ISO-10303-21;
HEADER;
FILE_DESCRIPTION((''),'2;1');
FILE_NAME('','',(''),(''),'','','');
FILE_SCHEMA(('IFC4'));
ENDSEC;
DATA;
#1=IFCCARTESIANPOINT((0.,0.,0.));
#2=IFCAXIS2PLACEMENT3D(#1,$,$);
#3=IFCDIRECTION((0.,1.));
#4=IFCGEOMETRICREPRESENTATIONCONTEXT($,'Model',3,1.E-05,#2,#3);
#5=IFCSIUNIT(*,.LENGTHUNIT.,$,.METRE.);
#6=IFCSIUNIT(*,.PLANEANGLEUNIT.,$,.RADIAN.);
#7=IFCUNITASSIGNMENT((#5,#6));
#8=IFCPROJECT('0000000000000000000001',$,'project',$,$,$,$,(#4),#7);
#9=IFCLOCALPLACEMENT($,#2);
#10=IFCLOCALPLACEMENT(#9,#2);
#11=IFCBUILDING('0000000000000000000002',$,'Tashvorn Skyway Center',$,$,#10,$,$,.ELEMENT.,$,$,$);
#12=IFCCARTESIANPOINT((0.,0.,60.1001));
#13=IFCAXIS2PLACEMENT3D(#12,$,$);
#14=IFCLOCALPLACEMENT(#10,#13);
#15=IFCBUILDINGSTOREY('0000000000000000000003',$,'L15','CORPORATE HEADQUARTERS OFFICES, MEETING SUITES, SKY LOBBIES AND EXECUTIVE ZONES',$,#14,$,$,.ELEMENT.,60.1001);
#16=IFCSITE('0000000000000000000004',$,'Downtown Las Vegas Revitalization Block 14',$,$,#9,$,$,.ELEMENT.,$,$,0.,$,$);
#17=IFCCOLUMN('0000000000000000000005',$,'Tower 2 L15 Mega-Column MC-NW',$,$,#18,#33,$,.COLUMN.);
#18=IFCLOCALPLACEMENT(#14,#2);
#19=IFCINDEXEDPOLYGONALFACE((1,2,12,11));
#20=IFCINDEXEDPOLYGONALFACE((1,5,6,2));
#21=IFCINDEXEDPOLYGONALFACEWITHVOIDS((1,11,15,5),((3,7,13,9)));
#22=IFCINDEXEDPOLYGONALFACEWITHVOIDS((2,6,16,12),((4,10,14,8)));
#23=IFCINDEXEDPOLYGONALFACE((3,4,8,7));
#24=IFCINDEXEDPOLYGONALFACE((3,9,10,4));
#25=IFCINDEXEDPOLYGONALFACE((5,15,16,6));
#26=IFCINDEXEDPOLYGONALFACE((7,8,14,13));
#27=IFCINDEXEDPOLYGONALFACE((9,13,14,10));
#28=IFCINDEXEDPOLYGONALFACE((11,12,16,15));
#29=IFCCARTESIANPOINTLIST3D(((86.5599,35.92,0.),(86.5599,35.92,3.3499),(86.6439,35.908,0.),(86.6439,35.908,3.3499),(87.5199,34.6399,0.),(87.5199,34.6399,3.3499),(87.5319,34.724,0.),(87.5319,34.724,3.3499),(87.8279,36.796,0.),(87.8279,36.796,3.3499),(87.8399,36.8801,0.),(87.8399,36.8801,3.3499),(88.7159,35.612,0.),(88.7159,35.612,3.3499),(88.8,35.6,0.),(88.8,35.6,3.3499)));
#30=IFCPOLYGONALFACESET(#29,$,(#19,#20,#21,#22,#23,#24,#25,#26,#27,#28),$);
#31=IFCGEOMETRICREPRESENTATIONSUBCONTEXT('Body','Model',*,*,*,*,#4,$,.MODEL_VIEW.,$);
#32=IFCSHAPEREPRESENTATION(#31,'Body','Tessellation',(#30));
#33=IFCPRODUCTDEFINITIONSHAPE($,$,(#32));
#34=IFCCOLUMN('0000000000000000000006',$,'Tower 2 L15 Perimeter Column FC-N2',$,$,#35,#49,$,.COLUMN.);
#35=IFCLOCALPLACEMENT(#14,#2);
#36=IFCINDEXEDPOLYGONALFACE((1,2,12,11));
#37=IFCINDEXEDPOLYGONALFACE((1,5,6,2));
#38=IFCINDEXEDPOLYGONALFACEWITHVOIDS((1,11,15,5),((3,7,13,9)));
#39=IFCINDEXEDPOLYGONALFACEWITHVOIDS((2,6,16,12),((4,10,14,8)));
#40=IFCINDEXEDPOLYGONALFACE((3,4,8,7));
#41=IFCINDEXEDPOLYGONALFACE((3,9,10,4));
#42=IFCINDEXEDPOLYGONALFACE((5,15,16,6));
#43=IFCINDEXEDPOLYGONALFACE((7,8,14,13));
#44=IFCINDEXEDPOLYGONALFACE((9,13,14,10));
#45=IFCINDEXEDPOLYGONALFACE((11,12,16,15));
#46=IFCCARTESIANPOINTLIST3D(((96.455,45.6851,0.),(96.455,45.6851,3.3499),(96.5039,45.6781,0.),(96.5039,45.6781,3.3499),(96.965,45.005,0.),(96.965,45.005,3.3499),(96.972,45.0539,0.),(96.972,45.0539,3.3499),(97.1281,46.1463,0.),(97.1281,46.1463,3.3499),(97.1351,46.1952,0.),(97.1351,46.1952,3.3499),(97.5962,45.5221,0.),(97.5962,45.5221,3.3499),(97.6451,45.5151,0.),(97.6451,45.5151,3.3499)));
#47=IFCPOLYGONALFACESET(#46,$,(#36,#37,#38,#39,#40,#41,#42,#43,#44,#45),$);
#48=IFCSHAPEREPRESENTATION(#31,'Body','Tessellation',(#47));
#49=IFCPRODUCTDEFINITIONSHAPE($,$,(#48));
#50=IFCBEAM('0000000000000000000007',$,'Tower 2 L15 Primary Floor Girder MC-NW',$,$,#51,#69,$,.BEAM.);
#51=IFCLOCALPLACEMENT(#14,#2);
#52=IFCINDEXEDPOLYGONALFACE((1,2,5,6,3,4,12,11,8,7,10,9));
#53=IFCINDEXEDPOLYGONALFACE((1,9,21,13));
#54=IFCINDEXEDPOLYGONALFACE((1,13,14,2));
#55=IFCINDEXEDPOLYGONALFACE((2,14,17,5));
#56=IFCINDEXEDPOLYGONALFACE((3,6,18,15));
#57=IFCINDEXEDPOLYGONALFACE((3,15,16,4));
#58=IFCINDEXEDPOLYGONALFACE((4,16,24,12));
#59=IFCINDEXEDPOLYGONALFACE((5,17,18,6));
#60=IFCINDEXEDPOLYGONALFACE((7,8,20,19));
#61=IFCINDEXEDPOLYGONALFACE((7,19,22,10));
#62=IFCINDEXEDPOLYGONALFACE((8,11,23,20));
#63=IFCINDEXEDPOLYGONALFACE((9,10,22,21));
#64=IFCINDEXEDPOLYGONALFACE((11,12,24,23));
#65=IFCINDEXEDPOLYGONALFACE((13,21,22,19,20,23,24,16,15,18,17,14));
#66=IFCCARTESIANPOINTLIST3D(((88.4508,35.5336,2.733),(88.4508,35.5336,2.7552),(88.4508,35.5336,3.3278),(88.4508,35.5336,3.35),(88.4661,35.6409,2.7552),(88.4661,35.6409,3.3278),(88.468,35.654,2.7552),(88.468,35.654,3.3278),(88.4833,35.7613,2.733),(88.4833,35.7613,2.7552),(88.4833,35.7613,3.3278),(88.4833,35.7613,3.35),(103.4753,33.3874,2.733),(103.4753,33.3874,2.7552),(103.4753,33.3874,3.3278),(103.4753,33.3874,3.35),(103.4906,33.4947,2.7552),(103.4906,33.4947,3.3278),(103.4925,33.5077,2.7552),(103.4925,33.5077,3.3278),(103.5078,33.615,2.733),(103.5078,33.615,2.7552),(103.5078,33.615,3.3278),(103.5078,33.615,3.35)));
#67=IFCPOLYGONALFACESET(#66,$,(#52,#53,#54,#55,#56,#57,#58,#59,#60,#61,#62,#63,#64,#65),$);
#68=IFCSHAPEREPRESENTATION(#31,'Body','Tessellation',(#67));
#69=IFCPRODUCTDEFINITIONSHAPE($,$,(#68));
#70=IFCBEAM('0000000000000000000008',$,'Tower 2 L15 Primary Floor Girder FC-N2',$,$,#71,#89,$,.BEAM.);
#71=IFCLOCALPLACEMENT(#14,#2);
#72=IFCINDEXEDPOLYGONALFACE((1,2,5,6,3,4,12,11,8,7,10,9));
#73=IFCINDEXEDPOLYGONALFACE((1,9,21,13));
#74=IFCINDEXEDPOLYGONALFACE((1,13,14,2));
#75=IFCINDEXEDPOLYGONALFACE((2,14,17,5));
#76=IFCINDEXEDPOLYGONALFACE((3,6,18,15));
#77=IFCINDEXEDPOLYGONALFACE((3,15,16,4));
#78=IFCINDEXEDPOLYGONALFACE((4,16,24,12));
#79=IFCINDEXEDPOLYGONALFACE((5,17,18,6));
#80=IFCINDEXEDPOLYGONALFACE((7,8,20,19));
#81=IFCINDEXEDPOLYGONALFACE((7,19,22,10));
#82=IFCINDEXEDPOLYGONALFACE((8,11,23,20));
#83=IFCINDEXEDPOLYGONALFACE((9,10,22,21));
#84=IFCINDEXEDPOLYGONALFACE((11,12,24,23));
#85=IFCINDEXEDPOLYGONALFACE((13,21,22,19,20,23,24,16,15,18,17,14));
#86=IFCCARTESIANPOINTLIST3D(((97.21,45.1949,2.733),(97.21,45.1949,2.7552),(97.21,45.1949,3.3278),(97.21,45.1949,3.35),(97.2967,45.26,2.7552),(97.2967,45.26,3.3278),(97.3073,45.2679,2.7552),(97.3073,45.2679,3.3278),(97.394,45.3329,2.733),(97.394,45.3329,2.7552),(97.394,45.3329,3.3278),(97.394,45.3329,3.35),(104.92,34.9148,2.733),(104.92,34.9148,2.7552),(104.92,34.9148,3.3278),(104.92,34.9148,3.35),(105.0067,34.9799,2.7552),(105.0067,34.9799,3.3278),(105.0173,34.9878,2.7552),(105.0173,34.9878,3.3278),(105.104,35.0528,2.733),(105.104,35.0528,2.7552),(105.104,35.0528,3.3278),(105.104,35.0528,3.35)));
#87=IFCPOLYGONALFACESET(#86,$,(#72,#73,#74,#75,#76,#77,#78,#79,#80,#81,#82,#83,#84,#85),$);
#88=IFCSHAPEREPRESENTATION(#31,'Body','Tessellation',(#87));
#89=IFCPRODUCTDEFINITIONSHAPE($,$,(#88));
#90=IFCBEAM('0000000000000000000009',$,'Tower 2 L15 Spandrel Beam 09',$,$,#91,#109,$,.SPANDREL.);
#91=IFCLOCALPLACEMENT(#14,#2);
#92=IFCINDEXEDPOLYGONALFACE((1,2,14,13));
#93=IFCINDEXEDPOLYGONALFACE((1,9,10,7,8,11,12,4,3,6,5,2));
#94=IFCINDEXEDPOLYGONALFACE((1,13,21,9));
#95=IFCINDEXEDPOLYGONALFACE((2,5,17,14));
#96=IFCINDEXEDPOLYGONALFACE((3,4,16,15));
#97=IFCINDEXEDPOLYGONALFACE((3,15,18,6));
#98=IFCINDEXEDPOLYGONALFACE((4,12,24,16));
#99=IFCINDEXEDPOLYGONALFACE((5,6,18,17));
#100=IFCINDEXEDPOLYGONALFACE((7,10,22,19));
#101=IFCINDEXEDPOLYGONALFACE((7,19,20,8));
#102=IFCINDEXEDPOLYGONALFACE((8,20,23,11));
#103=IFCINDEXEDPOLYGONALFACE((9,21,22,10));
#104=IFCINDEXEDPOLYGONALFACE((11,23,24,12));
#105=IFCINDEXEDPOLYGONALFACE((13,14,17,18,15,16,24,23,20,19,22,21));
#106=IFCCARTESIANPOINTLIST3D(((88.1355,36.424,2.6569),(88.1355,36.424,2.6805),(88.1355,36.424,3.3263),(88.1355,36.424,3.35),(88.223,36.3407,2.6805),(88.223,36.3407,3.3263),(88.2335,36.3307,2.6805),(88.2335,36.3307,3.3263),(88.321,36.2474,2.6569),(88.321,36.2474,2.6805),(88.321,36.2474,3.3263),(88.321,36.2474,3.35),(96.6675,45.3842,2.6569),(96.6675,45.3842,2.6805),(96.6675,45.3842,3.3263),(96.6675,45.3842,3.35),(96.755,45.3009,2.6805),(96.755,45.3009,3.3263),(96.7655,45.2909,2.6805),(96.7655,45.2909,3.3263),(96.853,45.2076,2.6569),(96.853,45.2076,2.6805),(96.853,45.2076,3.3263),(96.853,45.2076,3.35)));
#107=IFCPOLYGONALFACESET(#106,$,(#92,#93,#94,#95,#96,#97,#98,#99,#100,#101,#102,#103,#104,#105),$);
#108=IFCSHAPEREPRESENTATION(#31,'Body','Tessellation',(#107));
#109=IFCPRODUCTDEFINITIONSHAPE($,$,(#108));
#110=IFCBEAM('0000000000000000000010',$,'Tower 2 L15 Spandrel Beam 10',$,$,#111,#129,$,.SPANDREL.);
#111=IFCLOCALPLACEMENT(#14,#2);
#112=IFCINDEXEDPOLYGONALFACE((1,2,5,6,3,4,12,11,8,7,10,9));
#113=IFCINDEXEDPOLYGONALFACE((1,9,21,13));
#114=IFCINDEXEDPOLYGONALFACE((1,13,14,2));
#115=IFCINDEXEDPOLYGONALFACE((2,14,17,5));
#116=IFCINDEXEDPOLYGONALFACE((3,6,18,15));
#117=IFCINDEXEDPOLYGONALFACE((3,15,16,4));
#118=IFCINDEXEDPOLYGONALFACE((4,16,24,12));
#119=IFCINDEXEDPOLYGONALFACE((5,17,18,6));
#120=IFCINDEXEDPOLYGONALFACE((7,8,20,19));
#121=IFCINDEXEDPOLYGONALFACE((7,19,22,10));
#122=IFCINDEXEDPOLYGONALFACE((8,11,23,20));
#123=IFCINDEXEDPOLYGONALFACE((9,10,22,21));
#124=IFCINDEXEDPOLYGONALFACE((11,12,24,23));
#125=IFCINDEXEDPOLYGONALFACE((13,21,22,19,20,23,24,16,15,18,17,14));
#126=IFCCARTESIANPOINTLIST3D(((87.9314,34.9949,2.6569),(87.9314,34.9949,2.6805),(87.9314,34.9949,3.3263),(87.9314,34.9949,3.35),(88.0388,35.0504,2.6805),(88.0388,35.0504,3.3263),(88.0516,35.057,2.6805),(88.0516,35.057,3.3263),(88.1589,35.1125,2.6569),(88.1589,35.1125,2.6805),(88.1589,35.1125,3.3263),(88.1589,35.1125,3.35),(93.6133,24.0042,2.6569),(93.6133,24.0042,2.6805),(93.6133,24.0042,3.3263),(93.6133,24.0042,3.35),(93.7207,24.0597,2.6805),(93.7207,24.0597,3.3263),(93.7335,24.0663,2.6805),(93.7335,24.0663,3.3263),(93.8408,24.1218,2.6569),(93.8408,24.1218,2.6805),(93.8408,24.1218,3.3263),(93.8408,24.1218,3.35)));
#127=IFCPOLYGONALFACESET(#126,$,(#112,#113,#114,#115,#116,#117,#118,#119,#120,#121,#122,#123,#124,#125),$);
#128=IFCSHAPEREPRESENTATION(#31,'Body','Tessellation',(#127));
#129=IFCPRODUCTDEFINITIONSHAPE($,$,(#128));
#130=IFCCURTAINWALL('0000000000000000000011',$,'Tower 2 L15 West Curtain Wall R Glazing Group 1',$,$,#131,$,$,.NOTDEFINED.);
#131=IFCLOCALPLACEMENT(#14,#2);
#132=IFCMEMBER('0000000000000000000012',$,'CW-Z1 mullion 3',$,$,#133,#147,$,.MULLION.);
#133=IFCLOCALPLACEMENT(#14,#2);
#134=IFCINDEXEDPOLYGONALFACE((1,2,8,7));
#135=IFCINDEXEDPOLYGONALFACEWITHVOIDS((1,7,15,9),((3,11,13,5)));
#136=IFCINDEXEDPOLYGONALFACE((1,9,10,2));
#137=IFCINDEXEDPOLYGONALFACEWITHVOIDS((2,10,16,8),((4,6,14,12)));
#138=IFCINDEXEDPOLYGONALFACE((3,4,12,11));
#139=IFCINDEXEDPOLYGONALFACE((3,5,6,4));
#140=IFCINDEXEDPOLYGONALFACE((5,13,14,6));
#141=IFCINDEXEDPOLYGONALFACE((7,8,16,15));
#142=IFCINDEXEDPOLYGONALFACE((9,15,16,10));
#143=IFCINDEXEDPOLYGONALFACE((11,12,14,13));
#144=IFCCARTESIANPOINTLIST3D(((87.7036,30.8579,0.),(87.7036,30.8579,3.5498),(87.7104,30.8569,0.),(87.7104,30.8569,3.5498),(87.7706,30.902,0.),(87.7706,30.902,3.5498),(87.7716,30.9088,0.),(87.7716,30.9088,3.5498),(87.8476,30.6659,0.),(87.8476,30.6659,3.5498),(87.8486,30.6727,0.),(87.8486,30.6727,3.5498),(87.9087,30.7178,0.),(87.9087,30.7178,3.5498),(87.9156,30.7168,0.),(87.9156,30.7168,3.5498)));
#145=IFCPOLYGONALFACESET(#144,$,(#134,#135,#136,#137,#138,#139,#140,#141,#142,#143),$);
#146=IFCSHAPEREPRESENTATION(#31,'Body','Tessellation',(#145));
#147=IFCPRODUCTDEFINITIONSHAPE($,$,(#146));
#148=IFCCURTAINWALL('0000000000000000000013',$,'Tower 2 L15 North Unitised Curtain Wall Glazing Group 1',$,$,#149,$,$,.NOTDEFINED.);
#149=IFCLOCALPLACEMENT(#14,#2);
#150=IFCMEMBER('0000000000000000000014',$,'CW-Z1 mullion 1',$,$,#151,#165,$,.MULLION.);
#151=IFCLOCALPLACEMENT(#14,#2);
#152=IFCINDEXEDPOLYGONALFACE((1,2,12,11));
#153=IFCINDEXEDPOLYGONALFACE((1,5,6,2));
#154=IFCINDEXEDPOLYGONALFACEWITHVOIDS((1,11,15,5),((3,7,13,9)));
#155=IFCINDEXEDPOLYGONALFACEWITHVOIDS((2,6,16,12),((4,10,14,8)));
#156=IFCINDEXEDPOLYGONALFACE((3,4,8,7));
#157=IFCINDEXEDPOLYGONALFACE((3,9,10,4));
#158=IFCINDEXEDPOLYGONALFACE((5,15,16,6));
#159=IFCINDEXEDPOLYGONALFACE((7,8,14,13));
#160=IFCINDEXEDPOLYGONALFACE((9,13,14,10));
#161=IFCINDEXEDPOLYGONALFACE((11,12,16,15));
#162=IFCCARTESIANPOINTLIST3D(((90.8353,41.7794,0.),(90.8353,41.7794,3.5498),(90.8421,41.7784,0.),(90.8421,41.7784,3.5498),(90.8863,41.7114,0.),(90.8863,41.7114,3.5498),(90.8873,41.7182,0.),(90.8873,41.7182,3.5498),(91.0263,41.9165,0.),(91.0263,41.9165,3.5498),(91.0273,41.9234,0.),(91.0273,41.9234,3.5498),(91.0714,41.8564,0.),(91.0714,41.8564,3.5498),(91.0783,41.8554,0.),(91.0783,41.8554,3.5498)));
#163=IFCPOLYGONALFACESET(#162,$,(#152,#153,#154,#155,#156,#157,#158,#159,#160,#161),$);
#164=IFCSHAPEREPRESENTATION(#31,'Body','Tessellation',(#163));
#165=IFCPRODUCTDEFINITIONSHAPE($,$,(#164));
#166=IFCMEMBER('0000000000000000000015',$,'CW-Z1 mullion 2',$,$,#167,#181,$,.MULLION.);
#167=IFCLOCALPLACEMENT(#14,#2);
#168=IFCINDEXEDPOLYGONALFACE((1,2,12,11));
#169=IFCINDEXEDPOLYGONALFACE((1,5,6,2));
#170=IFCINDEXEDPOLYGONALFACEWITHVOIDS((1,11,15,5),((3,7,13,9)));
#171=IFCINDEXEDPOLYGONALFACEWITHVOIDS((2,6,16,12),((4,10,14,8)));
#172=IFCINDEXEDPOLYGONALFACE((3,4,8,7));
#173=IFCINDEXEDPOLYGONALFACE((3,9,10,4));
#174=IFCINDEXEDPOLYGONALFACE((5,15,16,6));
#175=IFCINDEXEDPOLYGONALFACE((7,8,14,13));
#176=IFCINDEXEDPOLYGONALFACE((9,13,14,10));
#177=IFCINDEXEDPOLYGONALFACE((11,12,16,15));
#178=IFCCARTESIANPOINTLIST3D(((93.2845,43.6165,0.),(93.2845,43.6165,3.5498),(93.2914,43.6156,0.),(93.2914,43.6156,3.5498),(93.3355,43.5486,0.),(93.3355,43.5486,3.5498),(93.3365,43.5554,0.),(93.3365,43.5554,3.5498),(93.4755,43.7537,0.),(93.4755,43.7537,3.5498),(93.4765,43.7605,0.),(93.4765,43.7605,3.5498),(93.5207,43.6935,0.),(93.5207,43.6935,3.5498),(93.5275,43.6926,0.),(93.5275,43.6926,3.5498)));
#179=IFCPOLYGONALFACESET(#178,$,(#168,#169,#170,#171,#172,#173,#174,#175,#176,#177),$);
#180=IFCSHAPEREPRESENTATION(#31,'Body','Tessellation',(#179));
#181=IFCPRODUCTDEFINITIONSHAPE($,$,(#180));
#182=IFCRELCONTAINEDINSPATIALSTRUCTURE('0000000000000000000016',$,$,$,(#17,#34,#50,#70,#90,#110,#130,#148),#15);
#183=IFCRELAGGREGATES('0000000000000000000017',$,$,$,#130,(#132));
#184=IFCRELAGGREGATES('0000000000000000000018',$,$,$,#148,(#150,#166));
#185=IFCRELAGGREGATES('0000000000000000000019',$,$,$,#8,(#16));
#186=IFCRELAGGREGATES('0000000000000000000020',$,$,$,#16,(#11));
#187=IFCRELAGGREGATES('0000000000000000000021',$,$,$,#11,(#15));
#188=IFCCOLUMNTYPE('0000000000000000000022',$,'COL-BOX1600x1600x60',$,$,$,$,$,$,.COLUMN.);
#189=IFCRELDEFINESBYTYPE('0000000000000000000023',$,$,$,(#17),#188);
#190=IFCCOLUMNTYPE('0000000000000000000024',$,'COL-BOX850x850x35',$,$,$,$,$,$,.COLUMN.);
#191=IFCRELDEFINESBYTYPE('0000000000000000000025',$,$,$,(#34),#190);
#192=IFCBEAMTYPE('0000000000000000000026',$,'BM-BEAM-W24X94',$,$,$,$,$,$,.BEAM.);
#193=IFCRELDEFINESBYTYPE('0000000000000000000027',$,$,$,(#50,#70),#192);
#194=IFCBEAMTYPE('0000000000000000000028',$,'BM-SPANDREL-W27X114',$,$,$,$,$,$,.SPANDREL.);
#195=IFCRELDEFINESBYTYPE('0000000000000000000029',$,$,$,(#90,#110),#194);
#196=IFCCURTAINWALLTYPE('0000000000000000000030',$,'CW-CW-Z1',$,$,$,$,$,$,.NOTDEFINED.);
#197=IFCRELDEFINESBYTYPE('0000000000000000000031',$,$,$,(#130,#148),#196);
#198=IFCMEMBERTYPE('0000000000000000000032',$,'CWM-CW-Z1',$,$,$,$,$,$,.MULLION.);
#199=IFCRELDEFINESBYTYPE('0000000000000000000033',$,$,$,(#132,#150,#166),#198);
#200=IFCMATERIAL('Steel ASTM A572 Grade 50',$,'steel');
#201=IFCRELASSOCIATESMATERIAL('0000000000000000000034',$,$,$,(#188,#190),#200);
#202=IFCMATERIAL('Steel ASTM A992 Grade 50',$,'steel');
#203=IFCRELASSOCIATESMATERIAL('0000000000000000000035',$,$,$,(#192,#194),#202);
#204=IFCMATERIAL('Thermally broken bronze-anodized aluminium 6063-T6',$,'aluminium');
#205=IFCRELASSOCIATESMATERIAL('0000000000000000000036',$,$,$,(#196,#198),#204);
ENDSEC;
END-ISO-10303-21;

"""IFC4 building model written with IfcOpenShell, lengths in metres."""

from ifc_helpers import new_model, si_unit, direction, frame, origin, origin_2d, place, context, subcontext, project, spatial, hollow_rectangle, i_section, extrude, material, material_profile, profile_set, type_object, element, aggregate, save


model = new_model("IFC4")

# Units and contexts
model_context = context("Model", 3, precision=1e-05, world=origin(), true_north=direction((0.0, 1.0)))
body_context = subcontext(model_context, "Body", "Model", "MODEL_VIEW")
ifc_project = project(units=[si_unit("LENGTHUNIT", "METRE"), si_unit("PLANEANGLEUNIT", "RADIAN")], contexts=[model_context])

# Site, building, storey
site_placement = place(None, origin())
site = spatial("IfcSite", under=ifc_project, at=site_placement, Name="Downtown Las Vegas Revitalization Block 14", CompositionType="ELEMENT", RefElevation=0.0)
building_placement = place(site_placement, origin())
building = spatial("IfcBuilding", under=site, at=building_placement, Name="Tashvorn Skyway Center", CompositionType="ELEMENT")
storey_placement = place(building_placement, frame((0.0, 0.0, 60.1001)))
storey = spatial("IfcBuildingStorey", under=building, at=storey_placement, Name="L15", Description="CORPORATE HEADQUARTERS OFFICES, MEETING SUITES, SKY LOBBIES AND EXECUTIVE ZONES", CompositionType="ELEMENT", Elevation=60.1001)

# Columns
ifc_material_1 = material(Name="Steel ASTM A572 Grade 50", Category="steel")
ifc_material_profile_1 = material_profile(ifc_material_1, hollow_rectangle(XDim=1.6001, YDim=1.6001, WallThickness=0.0601, at=origin_2d()), Name="BOX1600x1600x60")
ifc_profile_set_1 = profile_set([ifc_material_profile_1], Name="Steel ASTM A572 Grade 50")
column_type_1 = type_object("IfcColumnType", Name="COL-BOX1600x1600x60", PredefinedType="COLUMN", material=ifc_profile_set_1)
column_1_placement = place(storey_placement, frame((87.6799, 35.76, 0.0), z_axis=(0.0, 0.0, 1.0), x_axis=(0.8, 0.6, 0.0)))
element("IfcColumn", 1, at=column_1_placement, inside=storey, type_object=column_type_1, Name="Tower 2 L15 Mega-Column MC-NW", PredefinedType="COLUMN", context=body_context, shape_type="SweptSolid", body=[
    extrude(hollow_rectangle(XDim=1.6001, YDim=1.6001, WallThickness=0.0601, at=origin_2d()), origin(), (0.0, 0.0, 1.0), 3.3499),
])
ifc_material_profile_2 = material_profile(ifc_material_1, hollow_rectangle(XDim=0.8501, YDim=0.8501, WallThickness=0.0349, at=origin_2d()), Name="BOX850x850x35")
ifc_profile_set_2 = profile_set([ifc_material_profile_2], Name="Steel ASTM A572 Grade 50")
column_type_2 = type_object("IfcColumnType", Name="COL-BOX850x850x35", PredefinedType="COLUMN", material=ifc_profile_set_2)
column_2_placement = place(storey_placement, frame((97.05, 45.6001, 0.0), z_axis=(0.0, 0.0, 1.0), x_axis=(0.8, 0.6, 0.0)))
element("IfcColumn", 2, at=column_2_placement, inside=storey, type_object=column_type_2, Name="Tower 2 L15 Perimeter Column FC-N2", PredefinedType="COLUMN", context=body_context, shape_type="SweptSolid", body=[
    extrude(hollow_rectangle(XDim=0.8501, YDim=0.8501, WallThickness=0.0349, at=origin_2d()), origin(), (0.0, 0.0, 1.0), 3.3499),
])

# Beams
ifc_material_2 = material(Name="Steel ASTM A992 Grade 50", Category="steel")
ifc_material_profile_3 = material_profile(ifc_material_2, i_section(OverallWidth=0.23, OverallDepth=0.6169, WebThickness=0.0132, FlangeThickness=0.0222, at=origin_2d()), Name="W24X94")
ifc_profile_set_3 = profile_set([ifc_material_profile_3], Name="Steel ASTM A992 Grade 50")
beam_type_1 = type_object("IfcBeamType", Name="BM-BEAM-W24X94", PredefinedType="BEAM", material=ifc_profile_set_3)
beam_1_placement = place(storey_placement, frame((88.467, 35.6475, 3.0415), z_axis=(0.98995, -0.141415, 0.0), x_axis=(0.141415, 0.98995, 0.0)))
element("IfcBeam", 3, at=beam_1_placement, inside=storey, type_object=beam_type_1, Name="Tower 2 L15 Primary Floor Girder MC-NW", PredefinedType="BEAM", context=body_context, shape_type="SweptSolid", body=[
    extrude(i_section(OverallWidth=0.23, OverallDepth=0.6169, WebThickness=0.0132, FlangeThickness=0.0222, at=origin_2d()), origin(), (0.0, 0.0, 1.0), 15.177),
])
beam_2_placement = place(storey_placement, frame((97.302, 45.2639, 3.0415), z_axis=(0.599997, -0.800002, 0.0), x_axis=(0.800002, 0.599997, 0.0)))
element("IfcBeam", 4, at=beam_2_placement, inside=storey, type_object=beam_type_1, Name="Tower 2 L15 Primary Floor Girder FC-N2", PredefinedType="BEAM", context=body_context, shape_type="SweptSolid", body=[
    extrude(i_section(OverallWidth=0.23, OverallDepth=0.6169, WebThickness=0.0132, FlangeThickness=0.0222, at=origin_2d()), origin(), (0.0, 0.0, 1.0), 12.8501),
])
ifc_material_profile_4 = material_profile(ifc_material_2, i_section(OverallWidth=0.2561, OverallDepth=0.6931, WebThickness=0.0144, FlangeThickness=0.0237, at=origin_2d()), Name="W27X114")
ifc_profile_set_4 = profile_set([ifc_material_profile_4], Name="Steel ASTM A992 Grade 50")
beam_type_2 = type_object("IfcBeamType", Name="BM-SPANDREL-W27X114", PredefinedType="SPANDREL", material=ifc_profile_set_4)
for number, where, z_axis, x_axis, name in (
    (5, (96.7603, 45.2959, 3.0034), (-0.68959, -0.7242, 0.0), (0.7242, -0.68959, 0.0), "Tower 2 L15 Spandrel Beam 09"),
    (6, (88.0452, 35.0537, 3.0034), (0.459233, -0.888316, 0.0), (0.888316, 0.459233, 0.0), "Tower 2 L15 Spandrel Beam 10"),
):
    element("IfcBeam", number, at=place(storey_placement, frame(where, z_axis=z_axis, x_axis=x_axis)), inside=storey, type_object=beam_type_2, Name=name, PredefinedType="SPANDREL", context=body_context, shape_type="SweptSolid", body=[
        extrude(i_section(OverallWidth=0.2561, OverallDepth=0.6931, WebThickness=0.0144, FlangeThickness=0.0237, at=origin_2d()), origin(), (0.0, 0.0, 1.0), 12.3726),
    ])

# Curtain wall, member
ifc_material_3 = material(Name="Thermally broken bronze-anodized aluminium 6063-T6", Category="aluminium")
curtain_wall_type = type_object("IfcCurtainWallType", Name="CW-CW-Z1", PredefinedType="NOTDEFINED", material=ifc_material_3)
curtain_wall_1_placement = place(storey_placement, origin())
curtain_wall_1 = element("IfcCurtainWall", 7, at=curtain_wall_1_placement, inside=storey, type_object=curtain_wall_type, Name="Tower 2 L15 West Curtain Wall R Glazing Group 1", PredefinedType="NOTDEFINED")
ifc_material_profile_5 = material_profile(ifc_material_3, hollow_rectangle(XDim=0.085, YDim=0.24, WallThickness=0.0049, at=origin_2d()), Name="ALU-MULL-85x240")
ifc_profile_set_5 = profile_set([ifc_material_profile_5], Name="Thermally broken bronze-anodized aluminium 6063-T6")
member_type_1 = type_object("IfcMemberType", Name="CWM-CW-Z1", PredefinedType="MULLION", material=ifc_profile_set_5)
member_1_placement = place(storey_placement, frame((87.8096, 30.7874, 0.0), z_axis=(0.0, 0.0, 1.0), x_axis=(-0.799999, -0.600002, 0.0)))
member_1 = element("IfcMember", 8, at=member_1_placement, type_object=member_type_1, Name="CW-Z1 mullion 3", PredefinedType="MULLION", context=body_context, shape_type="SweptSolid", body=[
    extrude(hollow_rectangle(XDim=0.085, YDim=0.24, WallThickness=0.0049, at=origin_2d()), origin(), (0.0, 0.0, 1.0), 3.5498),
])
aggregate(curtain_wall_1, [member_1])

# Curtain wall, members
curtain_wall_2_placement = place(storey_placement, origin())
curtain_wall_2 = element("IfcCurtainWall", 9, at=curtain_wall_2_placement, inside=storey, type_object=curtain_wall_type, Name="Tower 2 L15 North Unitised Curtain Wall Glazing Group 1", PredefinedType="NOTDEFINED")
member_2_placement = place(storey_placement, frame((90.9568, 41.8174, 0.0), z_axis=(0.0, 0.0, 1.0), x_axis=(-0.600005, 0.799996, 0.0)))
member_2 = element("IfcMember", 10, at=member_2_placement, type_object=member_type_1, Name="CW-Z1 mullion 1", PredefinedType="MULLION", context=body_context, shape_type="SweptSolid", body=[
    extrude(hollow_rectangle(XDim=0.085, YDim=0.24, WallThickness=0.0049, at=origin_2d()), origin(), (0.0, 0.0, 1.0), 3.5498),
])
member_3_placement = place(storey_placement, frame((93.406, 43.6545, 0.0), z_axis=(0.0, 0.0, 1.0), x_axis=(-0.600005, 0.799996, 0.0)))
member_3 = element("IfcMember", 11, at=member_3_placement, type_object=member_type_1, Name="CW-Z1 mullion 2", PredefinedType="MULLION", context=body_context, shape_type="SweptSolid", body=[
    extrude(hollow_rectangle(XDim=0.085, YDim=0.24, WallThickness=0.0049, at=origin_2d()), origin(), (0.0, 0.0, 1.0), 3.5498),
])

aggregate(curtain_wall_2, [member_2, member_3])

save(model, "model.ifc")
